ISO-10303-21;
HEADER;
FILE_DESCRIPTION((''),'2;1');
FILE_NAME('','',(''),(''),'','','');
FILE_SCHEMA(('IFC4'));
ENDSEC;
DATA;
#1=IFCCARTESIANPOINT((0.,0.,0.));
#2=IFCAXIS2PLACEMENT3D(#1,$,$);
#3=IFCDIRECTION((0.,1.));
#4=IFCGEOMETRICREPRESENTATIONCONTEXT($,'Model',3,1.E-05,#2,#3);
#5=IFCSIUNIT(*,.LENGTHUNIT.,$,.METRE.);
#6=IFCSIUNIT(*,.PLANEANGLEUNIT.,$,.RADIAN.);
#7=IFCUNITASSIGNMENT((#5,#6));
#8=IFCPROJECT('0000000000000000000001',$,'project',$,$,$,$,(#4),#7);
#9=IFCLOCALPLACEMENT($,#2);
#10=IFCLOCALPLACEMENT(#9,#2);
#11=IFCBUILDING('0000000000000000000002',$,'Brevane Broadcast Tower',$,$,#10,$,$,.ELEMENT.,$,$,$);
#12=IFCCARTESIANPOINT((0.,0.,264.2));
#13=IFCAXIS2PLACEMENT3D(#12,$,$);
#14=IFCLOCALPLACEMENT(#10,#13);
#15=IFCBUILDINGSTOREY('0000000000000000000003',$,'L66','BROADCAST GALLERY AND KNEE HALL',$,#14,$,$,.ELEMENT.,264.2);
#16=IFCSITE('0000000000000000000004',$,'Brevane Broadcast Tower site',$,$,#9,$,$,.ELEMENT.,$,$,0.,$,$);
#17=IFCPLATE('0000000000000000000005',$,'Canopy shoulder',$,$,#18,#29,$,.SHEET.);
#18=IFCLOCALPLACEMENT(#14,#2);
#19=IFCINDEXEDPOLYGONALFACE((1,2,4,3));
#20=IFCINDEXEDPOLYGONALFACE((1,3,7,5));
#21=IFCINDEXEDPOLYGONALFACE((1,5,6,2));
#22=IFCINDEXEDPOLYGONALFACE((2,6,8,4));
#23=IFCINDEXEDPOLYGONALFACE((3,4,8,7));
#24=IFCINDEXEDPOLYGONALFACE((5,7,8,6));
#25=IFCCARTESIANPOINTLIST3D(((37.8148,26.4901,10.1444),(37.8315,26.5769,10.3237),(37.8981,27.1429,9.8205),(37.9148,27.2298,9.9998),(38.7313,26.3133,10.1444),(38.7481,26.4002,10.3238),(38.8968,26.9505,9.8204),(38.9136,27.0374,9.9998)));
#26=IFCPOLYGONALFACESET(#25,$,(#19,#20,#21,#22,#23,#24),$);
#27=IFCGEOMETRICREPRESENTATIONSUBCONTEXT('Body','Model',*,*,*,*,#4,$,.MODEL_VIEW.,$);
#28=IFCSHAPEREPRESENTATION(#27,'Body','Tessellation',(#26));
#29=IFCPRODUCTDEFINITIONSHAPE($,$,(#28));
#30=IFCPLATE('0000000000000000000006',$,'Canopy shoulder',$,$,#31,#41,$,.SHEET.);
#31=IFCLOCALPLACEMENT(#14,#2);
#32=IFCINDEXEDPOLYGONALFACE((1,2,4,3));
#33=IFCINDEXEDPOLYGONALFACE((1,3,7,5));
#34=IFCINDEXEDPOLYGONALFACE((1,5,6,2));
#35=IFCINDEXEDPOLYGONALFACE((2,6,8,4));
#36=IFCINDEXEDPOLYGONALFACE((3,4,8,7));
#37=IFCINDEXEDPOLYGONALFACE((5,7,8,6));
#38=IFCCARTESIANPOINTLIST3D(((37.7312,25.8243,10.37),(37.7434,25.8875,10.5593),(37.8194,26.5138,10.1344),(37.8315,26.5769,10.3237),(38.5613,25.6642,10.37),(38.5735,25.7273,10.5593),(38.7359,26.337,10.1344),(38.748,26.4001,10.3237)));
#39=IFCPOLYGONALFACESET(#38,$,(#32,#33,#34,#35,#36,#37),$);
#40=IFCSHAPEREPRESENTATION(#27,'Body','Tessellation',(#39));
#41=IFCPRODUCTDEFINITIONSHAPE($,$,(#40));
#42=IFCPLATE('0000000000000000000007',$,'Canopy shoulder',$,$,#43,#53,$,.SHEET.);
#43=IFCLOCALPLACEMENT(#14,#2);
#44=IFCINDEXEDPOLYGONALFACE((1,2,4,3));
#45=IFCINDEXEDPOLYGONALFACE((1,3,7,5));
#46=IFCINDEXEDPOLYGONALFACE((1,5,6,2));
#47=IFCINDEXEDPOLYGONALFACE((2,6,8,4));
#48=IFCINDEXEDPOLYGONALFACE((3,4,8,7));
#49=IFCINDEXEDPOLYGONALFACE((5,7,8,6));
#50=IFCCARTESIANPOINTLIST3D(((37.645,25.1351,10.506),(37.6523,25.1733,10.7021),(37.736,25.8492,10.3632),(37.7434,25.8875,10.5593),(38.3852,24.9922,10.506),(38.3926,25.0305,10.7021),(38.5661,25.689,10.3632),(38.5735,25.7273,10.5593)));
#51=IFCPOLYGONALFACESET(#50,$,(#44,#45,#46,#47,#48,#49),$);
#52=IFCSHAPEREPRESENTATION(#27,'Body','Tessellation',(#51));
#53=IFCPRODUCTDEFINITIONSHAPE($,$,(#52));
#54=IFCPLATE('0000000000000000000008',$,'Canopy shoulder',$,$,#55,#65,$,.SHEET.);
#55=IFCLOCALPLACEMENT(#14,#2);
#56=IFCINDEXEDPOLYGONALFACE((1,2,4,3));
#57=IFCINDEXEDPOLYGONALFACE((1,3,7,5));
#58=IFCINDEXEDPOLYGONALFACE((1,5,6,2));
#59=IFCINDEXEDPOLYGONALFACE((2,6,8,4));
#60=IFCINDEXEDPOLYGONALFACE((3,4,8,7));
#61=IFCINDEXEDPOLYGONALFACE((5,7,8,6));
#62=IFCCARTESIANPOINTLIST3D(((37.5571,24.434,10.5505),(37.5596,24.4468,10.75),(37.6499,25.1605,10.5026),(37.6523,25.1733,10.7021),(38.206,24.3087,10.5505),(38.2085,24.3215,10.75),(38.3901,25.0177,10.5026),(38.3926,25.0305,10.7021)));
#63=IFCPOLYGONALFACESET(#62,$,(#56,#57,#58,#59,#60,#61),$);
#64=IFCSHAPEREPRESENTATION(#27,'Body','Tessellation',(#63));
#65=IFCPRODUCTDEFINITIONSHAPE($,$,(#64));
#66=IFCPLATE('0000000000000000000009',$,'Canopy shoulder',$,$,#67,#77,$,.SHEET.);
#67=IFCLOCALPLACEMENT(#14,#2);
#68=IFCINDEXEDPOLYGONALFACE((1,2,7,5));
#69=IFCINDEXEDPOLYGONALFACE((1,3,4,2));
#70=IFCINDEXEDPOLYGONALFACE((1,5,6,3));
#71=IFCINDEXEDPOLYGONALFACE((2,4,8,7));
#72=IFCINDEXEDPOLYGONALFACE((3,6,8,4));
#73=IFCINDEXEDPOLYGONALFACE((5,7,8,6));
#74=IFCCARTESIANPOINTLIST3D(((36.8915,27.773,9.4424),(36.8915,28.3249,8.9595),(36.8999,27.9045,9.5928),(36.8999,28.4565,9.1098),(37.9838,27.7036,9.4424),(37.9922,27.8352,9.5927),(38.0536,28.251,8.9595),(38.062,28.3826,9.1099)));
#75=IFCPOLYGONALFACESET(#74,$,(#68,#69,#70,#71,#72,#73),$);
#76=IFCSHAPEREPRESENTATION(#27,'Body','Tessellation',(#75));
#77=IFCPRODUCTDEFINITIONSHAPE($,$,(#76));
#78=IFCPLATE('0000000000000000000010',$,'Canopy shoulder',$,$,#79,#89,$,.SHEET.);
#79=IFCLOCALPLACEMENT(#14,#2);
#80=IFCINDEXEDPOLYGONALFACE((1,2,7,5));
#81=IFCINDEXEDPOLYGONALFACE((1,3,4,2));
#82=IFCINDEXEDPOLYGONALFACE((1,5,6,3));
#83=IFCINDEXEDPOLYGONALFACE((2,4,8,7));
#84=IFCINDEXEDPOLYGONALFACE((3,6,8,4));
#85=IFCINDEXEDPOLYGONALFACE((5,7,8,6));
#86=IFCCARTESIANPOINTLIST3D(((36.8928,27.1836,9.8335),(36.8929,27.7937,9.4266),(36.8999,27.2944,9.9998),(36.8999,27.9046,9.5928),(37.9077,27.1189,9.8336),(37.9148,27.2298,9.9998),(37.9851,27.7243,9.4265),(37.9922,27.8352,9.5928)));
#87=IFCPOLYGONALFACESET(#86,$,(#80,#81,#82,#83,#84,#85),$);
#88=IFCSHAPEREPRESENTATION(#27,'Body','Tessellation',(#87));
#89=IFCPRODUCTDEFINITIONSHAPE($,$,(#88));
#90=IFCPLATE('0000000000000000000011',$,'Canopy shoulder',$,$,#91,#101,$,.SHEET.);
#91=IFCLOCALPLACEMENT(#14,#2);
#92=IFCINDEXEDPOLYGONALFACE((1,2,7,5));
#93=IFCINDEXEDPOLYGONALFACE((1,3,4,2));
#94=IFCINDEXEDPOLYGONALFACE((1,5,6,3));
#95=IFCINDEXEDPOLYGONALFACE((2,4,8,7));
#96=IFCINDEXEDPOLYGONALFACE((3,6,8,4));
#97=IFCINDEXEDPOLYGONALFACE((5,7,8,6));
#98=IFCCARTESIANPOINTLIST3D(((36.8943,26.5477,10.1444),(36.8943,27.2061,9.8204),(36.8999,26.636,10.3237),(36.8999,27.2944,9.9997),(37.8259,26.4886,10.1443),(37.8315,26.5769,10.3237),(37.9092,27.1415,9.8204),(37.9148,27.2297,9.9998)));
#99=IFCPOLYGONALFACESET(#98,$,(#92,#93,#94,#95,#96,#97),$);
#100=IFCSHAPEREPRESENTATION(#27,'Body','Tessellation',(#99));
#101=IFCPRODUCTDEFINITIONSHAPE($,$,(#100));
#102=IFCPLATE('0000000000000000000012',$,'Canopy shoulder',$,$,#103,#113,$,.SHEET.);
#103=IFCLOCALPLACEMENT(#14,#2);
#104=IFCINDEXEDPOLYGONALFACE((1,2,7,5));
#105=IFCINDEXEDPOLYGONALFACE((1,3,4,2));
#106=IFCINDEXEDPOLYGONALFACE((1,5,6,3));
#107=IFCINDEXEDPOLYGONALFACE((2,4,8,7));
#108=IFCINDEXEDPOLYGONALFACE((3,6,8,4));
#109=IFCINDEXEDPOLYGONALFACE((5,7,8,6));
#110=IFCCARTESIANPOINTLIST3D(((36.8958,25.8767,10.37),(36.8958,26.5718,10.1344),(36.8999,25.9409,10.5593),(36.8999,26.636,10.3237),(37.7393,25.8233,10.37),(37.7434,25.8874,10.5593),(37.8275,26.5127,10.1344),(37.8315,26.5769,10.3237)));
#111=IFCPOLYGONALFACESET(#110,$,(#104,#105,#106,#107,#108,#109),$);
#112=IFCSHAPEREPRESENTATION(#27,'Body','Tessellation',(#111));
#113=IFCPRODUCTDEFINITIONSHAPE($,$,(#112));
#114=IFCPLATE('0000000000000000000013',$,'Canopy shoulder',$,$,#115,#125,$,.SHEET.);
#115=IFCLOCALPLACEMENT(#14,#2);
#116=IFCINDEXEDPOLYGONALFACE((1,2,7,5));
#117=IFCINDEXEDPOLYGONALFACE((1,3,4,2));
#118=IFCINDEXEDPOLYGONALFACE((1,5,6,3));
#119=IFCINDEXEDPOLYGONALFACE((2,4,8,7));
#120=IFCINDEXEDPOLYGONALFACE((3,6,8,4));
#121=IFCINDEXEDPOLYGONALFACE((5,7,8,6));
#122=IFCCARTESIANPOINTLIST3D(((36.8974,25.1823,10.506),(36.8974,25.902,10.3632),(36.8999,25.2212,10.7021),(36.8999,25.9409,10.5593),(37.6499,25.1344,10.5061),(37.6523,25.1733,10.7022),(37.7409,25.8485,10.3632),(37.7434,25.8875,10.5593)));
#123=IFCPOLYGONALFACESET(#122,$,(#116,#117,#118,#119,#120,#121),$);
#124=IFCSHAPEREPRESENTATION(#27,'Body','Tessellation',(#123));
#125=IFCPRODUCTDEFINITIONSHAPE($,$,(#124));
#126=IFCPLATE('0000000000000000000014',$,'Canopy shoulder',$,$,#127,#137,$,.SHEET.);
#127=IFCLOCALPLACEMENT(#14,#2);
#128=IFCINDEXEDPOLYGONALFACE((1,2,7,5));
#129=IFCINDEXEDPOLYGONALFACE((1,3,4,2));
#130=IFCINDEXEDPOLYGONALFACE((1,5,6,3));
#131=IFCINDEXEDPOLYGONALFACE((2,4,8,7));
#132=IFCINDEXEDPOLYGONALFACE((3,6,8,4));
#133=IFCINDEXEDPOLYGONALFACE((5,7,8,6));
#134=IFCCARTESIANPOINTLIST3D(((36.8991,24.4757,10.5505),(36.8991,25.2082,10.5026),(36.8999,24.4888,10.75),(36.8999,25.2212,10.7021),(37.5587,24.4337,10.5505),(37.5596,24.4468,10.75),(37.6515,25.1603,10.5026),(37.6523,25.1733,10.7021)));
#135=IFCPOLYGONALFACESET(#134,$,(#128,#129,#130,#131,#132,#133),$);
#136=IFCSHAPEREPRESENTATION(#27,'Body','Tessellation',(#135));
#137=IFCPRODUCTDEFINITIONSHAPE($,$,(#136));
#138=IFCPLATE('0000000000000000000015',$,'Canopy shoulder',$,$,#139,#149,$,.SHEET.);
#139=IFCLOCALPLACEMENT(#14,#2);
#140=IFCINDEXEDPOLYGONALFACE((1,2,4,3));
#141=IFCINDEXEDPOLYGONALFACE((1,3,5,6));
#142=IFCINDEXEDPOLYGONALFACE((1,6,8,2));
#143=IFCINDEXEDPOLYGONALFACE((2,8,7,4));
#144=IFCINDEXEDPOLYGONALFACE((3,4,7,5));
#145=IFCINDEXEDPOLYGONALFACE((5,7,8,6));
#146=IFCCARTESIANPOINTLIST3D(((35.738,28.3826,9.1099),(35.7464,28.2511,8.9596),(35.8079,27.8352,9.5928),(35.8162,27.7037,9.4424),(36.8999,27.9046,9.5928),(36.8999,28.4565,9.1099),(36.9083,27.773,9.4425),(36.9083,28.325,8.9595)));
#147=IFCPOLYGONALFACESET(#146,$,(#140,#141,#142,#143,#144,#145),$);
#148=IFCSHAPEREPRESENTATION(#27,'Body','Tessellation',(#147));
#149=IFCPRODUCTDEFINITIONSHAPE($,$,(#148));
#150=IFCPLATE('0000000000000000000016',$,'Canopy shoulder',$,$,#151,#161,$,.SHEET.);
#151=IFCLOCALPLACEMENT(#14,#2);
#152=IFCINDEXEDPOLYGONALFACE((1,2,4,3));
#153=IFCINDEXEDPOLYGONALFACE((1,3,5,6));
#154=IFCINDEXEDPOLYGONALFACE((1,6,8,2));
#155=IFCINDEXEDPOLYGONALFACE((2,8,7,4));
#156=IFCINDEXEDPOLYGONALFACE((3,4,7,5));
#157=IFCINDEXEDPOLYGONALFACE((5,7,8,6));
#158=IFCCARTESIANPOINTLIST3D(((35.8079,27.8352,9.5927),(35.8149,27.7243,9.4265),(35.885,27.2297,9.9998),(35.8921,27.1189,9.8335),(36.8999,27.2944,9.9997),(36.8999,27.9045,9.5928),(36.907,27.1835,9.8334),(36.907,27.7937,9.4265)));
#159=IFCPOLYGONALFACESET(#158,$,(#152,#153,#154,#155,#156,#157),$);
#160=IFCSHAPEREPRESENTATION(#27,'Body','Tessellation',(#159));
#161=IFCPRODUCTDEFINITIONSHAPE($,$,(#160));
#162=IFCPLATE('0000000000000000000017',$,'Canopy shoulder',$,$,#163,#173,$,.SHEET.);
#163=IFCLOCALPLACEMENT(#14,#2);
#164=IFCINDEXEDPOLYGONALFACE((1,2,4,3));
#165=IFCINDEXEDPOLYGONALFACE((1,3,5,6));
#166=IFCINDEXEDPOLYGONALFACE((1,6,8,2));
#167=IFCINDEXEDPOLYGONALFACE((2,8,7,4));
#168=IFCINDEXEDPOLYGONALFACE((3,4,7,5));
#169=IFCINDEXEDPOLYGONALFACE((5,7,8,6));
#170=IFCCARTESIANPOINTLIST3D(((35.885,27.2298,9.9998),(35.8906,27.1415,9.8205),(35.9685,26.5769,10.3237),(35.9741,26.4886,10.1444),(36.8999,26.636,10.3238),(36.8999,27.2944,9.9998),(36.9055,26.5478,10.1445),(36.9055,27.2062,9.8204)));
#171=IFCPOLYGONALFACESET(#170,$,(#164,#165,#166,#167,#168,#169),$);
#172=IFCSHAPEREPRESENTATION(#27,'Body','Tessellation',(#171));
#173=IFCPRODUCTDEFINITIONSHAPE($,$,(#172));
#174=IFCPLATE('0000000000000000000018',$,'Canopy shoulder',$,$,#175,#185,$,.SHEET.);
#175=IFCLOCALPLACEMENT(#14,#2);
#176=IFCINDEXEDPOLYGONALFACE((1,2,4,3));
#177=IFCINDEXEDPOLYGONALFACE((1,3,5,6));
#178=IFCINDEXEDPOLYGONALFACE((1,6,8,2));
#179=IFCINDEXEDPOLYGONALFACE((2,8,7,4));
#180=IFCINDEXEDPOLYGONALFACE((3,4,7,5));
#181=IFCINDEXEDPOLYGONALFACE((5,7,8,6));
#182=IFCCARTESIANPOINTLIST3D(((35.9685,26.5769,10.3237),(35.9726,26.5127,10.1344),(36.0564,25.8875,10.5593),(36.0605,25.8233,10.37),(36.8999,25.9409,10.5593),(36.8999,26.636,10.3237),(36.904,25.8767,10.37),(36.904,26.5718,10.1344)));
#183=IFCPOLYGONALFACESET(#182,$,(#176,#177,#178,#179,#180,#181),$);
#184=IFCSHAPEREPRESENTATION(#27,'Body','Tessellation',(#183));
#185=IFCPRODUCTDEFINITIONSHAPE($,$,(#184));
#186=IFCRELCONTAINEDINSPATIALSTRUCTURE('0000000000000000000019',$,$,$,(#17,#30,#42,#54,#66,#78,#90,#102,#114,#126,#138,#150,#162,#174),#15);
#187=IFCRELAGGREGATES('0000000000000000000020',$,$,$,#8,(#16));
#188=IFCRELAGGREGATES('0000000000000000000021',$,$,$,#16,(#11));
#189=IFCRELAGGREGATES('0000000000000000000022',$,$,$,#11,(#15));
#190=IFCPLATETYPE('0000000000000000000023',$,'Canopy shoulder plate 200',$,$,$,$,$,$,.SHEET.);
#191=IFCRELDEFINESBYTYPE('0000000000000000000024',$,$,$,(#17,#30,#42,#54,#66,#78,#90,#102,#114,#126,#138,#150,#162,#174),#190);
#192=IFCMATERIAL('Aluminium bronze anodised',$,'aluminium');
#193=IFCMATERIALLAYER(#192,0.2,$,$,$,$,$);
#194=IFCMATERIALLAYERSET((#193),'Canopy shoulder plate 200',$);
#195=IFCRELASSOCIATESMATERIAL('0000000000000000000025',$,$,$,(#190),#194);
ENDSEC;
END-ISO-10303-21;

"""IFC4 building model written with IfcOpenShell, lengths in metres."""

from ifc_helpers import new_model, si_unit, direction, frame, origin, place, context, subcontext, project, spatial, polyline, outline, extrude, material, layer, layer_set, type_object, element, save


model = new_model("IFC4")

# Units and contexts
model_context = context("Model", 3, precision=1e-05, world=origin(), true_north=direction((0.0, 1.0)))
body_context = subcontext(model_context, "Body", "Model", "MODEL_VIEW")
ifc_project = project(units=[si_unit("LENGTHUNIT", "METRE"), si_unit("PLANEANGLEUNIT", "RADIAN")], contexts=[model_context])

# Site, building, storey
site_placement = place(None, origin())
site = spatial("IfcSite", under=ifc_project, at=site_placement, Name="Brevane Broadcast Tower site", CompositionType="ELEMENT", RefElevation=0.0)
building_placement = place(site_placement, origin())
building = spatial("IfcBuilding", under=site, at=building_placement, Name="Brevane Broadcast Tower", CompositionType="ELEMENT")
storey_placement = place(building_placement, frame((0.0, 0.0, 264.2)))
storey = spatial("IfcBuildingStorey", under=building, at=storey_placement, Name="L66", Description="BROADCAST GALLERY AND KNEE HALL", CompositionType="ELEMENT", Elevation=264.2)

# Plates
ifc_material = material(Name="Aluminium bronze anodised", Category="aluminium")
ifc_layer = layer(ifc_material, 0.2)
ifc_layer_set = layer_set([ifc_layer], Name="Canopy shoulder plate 200")
plate_type = type_object("IfcPlateType", Name="Canopy shoulder plate 200", PredefinedType="SHEET", material=ifc_layer_set)
plate_1_placement = place(storey_placement, frame((38.9136, 27.0374, 9.9998), z_axis=(0.083709, 0.434323, 0.896859), x_axis=(-0.981946, 0.189163, 0.000044)))
element("IfcPlate", 1, at=plate_1_placement, inside=storey, type_object=plate_type, Name="Canopy shoulder", PredefinedType="SHEET", context=body_context, shape_type="SweptSolid", body=[
    extrude(outline(polyline([(0.0, 0.0), (1.0171, 0.0), (0.9754, 0.7324), (0.042, 0.7325), (0.0, 0.0)])), origin(), (0.0, 0.0, -1.0), 0.2),
])
plate_2_placement = place(storey_placement, frame((38.748, 26.4001, 10.3237), z_axis=(0.06091, 0.31576, 0.946882), x_axis=(-0.981905, 0.189375, 0.000011)))
element("IfcPlate", 2, at=plate_2_placement, inside=storey, type_object=plate_type, Name="Canopy shoulder", PredefinedType="SHEET", context=body_context, shape_type="SweptSolid", body=[
    extrude(outline(polyline([(0.0, 0.0), (0.9334, 0.0), (0.8894, 0.7326), (0.044, 0.7326), (0.0, 0.0)])), origin(), (0.0, 0.0, -1.0), 0.2),
])
plate_3_placement = place(storey_placement, frame((38.5735, 25.7273, 10.5593), z_axis=(0.036939, 0.191451, 0.980807), x_axis=(-0.981891, 0.189447, 0.0)))
element("IfcPlate", 3, at=plate_3_placement, inside=storey, type_object=plate_type, Name="Canopy shoulder", PredefinedType="SHEET", context=body_context, shape_type="SweptSolid", body=[
    extrude(outline(polyline([(0.0, 0.0), (0.8454, 0.0), (0.7995, 0.7325), (0.0456, 0.7325), (0.0, 0.0)])), origin(), (0.0, 0.0, -1.0), 0.2),
])
plate_4_placement = place(storey_placement, frame((38.3926, 25.0305, 10.7021), z_axis=(0.012377, 0.064137, 0.997864), x_axis=(-0.981891, 0.189448, 0.000002)))
element("IfcPlate", 4, at=plate_4_placement, inside=storey, type_object=plate_type, Name="Canopy shoulder", PredefinedType="SHEET", context=body_context, shape_type="SweptSolid", body=[
    extrude(outline(polyline([(0.0, 0.0), (0.7539, 0.0), (0.7073, 0.7325), (0.0464, 0.7326), (0.0, 0.0)])), origin(), (0.0, 0.0, -1.0), 0.2),
])
plate_5_placement = place(storey_placement, frame((38.062, 28.3826, 9.1099), z_axis=(0.041824, 0.657925, 0.751921), x_axis=(-0.997982, 0.06349, -0.000042)))
element("IfcPlate", 5, at=plate_5_placement, inside=storey, type_object=plate_type, Name="Canopy shoulder", PredefinedType="SHEET", context=body_context, shape_type="SweptSolid", body=[
    extrude(outline(polyline([(0.0, 0.0), (1.1645, 0.0), (1.1294, 0.7326), (0.0349, 0.7324), (0.0, 0.0)])), origin(), (0.0, 0.0, -1.0), 0.2),
])
plate_6_placement = place(storey_placement, frame((37.9922, 27.8352, 9.5928), z_axis=(0.03527, 0.554496, 0.831439), x_axis=(-0.997989, 0.06339, 0.00006)))
element("IfcPlate", 6, at=plate_6_placement, inside=storey, type_object=plate_type, Name="Canopy shoulder", PredefinedType="SHEET", context=body_context, shape_type="SweptSolid", body=[
    extrude(outline(polyline([(0.0, 0.0), (1.0945, 0.0), (1.0558, 0.7324), (0.0389, 0.7326), (0.0, 0.0)])), origin(), (0.0, 0.0, -1.0), 0.2),
])
plate_7_placement = place(storey_placement, frame((37.9148, 27.2297, 9.9998), z_axis=(0.028068, 0.441395, 0.896874), x_axis=(-0.997976, 0.063588, -0.000063)))
element("IfcPlate", 7, at=plate_7_placement, inside=storey, type_object=plate_type, Name="Canopy shoulder", PredefinedType="SHEET", context=body_context, shape_type="SweptSolid", body=[
    extrude(outline(polyline([(0.0, 0.0), (1.017, 0.0), (0.9751, 0.7326), (0.0416, 0.7324), (0.0, 0.0)])), origin(), (0.0, 0.0, -1.0), 0.2),
])
plate_8_placement = place(storey_placement, frame((37.8315, 26.5769, 10.3237), z_axis=(0.020349, 0.320953, 0.946876), x_axis=(-0.997995, 0.063289, -0.000004)))
element("IfcPlate", 8, at=plate_8_placement, inside=storey, type_object=plate_type, Name="Canopy shoulder", PredefinedType="SHEET", context=body_context, shape_type="SweptSolid", body=[
    extrude(outline(polyline([(0.0, 0.0), (0.9335, 0.0), (0.8895, 0.7326), (0.0443, 0.7326), (0.0, 0.0)])), origin(), (0.0, 0.0, -1.0), 0.2),
])
plate_9_placement = place(storey_placement, frame((37.7434, 25.8875, 10.5593), z_axis=(0.012355, 0.194608, 0.980803), x_axis=(-0.997997, 0.063263, 0.000019)))
element("IfcPlate", 9, at=plate_9_placement, inside=storey, type_object=plate_type, Name="Canopy shoulder", PredefinedType="SHEET", context=body_context, shape_type="SweptSolid", body=[
    extrude(outline(polyline([(0.0, 0.0), (0.8452, 0.0), (0.7997, 0.7323), (0.0457, 0.7325), (0.0, 0.0)])), origin(), (0.0, 0.0, -1.0), 0.2),
])
plate_10_placement = place(storey_placement, frame((37.6523, 25.1733, 10.7021), z_axis=(0.004148, 0.065192, 0.997864), x_axis=(-0.997984, 0.063467, 0.000002)))
element("IfcPlate", 10, at=plate_10_placement, inside=storey, type_object=plate_type, Name="Canopy shoulder", PredefinedType="SHEET", context=body_context, shape_type="SweptSolid", body=[
    extrude(outline(polyline([(0.0, 0.0), (0.754, 0.0), (0.7075, 0.7325), (0.0465, 0.7326), (0.0, 0.0)])), origin(), (0.0, 0.0, -1.0), 0.2),
])
plate_11_placement = place(storey_placement, frame((36.8999, 28.4565, 9.1099), z_axis=(-0.041833, 0.657925, 0.751921), x_axis=(-0.997982, -0.063503, 0.000042)))
element("IfcPlate", 11, at=plate_11_placement, inside=storey, type_object=plate_type, Name="Canopy shoulder", PredefinedType="SHEET", context=body_context, shape_type="SweptSolid", body=[
    extrude(outline(polyline([(0.0, 0.0), (1.1642, 0.0), (1.1293, 0.7324), (0.0351, 0.7326), (0.0, 0.0)])), origin(), (0.0, 0.0, -1.0), 0.2),
])
plate_12_placement = place(storey_placement, frame((36.8999, 27.9045, 9.5928), z_axis=(-0.035275, 0.554501, 0.831435), x_axis=(-0.997988, -0.063402, -0.000057)))
element("IfcPlate", 12, at=plate_12_placement, inside=storey, type_object=plate_type, Name="Canopy shoulder", PredefinedType="SHEET", context=body_context, shape_type="SweptSolid", body=[
    extrude(outline(polyline([(0.0, 0.0), (1.0942, 0.0), (1.0556, 0.7326), (0.0387, 0.7324), (0.0, 0.0)])), origin(), (0.0, 0.0, -1.0), 0.2),
])
plate_13_placement = place(storey_placement, frame((36.8999, 27.2944, 9.9998), z_axis=(-0.028071, 0.44139, 0.896876), x_axis=(-0.997976, -0.06359, 0.000059)))
element("IfcPlate", 13, at=plate_13_placement, inside=storey, type_object=plate_type, Name="Canopy shoulder", PredefinedType="SHEET", context=body_context, shape_type="SweptSolid", body=[
    extrude(outline(polyline([(0.0, 0.0), (1.017, 0.0), (0.9752, 0.7324), (0.0419, 0.7326), (0.0, 0.0)])), origin(), (0.0, 0.0, -1.0), 0.2),
])
plate_14_placement = place(storey_placement, frame((36.8999, 26.636, 10.3237), z_axis=(-0.020352, 0.320956, 0.946875), x_axis=(-0.997994, -0.063304, 0.000007)))
element("IfcPlate", 14, at=plate_14_placement, inside=storey, type_object=plate_type, Name="Canopy shoulder", PredefinedType="SHEET", context=body_context, shape_type="SweptSolid", body=[
    extrude(outline(polyline([(0.0, 0.0), (0.9333, 0.0), (0.8892, 0.7326), (0.044, 0.7326), (0.0, 0.0)])), origin(), (0.0, 0.0, -1.0), 0.2),
])

save(model, "model.ifc")
